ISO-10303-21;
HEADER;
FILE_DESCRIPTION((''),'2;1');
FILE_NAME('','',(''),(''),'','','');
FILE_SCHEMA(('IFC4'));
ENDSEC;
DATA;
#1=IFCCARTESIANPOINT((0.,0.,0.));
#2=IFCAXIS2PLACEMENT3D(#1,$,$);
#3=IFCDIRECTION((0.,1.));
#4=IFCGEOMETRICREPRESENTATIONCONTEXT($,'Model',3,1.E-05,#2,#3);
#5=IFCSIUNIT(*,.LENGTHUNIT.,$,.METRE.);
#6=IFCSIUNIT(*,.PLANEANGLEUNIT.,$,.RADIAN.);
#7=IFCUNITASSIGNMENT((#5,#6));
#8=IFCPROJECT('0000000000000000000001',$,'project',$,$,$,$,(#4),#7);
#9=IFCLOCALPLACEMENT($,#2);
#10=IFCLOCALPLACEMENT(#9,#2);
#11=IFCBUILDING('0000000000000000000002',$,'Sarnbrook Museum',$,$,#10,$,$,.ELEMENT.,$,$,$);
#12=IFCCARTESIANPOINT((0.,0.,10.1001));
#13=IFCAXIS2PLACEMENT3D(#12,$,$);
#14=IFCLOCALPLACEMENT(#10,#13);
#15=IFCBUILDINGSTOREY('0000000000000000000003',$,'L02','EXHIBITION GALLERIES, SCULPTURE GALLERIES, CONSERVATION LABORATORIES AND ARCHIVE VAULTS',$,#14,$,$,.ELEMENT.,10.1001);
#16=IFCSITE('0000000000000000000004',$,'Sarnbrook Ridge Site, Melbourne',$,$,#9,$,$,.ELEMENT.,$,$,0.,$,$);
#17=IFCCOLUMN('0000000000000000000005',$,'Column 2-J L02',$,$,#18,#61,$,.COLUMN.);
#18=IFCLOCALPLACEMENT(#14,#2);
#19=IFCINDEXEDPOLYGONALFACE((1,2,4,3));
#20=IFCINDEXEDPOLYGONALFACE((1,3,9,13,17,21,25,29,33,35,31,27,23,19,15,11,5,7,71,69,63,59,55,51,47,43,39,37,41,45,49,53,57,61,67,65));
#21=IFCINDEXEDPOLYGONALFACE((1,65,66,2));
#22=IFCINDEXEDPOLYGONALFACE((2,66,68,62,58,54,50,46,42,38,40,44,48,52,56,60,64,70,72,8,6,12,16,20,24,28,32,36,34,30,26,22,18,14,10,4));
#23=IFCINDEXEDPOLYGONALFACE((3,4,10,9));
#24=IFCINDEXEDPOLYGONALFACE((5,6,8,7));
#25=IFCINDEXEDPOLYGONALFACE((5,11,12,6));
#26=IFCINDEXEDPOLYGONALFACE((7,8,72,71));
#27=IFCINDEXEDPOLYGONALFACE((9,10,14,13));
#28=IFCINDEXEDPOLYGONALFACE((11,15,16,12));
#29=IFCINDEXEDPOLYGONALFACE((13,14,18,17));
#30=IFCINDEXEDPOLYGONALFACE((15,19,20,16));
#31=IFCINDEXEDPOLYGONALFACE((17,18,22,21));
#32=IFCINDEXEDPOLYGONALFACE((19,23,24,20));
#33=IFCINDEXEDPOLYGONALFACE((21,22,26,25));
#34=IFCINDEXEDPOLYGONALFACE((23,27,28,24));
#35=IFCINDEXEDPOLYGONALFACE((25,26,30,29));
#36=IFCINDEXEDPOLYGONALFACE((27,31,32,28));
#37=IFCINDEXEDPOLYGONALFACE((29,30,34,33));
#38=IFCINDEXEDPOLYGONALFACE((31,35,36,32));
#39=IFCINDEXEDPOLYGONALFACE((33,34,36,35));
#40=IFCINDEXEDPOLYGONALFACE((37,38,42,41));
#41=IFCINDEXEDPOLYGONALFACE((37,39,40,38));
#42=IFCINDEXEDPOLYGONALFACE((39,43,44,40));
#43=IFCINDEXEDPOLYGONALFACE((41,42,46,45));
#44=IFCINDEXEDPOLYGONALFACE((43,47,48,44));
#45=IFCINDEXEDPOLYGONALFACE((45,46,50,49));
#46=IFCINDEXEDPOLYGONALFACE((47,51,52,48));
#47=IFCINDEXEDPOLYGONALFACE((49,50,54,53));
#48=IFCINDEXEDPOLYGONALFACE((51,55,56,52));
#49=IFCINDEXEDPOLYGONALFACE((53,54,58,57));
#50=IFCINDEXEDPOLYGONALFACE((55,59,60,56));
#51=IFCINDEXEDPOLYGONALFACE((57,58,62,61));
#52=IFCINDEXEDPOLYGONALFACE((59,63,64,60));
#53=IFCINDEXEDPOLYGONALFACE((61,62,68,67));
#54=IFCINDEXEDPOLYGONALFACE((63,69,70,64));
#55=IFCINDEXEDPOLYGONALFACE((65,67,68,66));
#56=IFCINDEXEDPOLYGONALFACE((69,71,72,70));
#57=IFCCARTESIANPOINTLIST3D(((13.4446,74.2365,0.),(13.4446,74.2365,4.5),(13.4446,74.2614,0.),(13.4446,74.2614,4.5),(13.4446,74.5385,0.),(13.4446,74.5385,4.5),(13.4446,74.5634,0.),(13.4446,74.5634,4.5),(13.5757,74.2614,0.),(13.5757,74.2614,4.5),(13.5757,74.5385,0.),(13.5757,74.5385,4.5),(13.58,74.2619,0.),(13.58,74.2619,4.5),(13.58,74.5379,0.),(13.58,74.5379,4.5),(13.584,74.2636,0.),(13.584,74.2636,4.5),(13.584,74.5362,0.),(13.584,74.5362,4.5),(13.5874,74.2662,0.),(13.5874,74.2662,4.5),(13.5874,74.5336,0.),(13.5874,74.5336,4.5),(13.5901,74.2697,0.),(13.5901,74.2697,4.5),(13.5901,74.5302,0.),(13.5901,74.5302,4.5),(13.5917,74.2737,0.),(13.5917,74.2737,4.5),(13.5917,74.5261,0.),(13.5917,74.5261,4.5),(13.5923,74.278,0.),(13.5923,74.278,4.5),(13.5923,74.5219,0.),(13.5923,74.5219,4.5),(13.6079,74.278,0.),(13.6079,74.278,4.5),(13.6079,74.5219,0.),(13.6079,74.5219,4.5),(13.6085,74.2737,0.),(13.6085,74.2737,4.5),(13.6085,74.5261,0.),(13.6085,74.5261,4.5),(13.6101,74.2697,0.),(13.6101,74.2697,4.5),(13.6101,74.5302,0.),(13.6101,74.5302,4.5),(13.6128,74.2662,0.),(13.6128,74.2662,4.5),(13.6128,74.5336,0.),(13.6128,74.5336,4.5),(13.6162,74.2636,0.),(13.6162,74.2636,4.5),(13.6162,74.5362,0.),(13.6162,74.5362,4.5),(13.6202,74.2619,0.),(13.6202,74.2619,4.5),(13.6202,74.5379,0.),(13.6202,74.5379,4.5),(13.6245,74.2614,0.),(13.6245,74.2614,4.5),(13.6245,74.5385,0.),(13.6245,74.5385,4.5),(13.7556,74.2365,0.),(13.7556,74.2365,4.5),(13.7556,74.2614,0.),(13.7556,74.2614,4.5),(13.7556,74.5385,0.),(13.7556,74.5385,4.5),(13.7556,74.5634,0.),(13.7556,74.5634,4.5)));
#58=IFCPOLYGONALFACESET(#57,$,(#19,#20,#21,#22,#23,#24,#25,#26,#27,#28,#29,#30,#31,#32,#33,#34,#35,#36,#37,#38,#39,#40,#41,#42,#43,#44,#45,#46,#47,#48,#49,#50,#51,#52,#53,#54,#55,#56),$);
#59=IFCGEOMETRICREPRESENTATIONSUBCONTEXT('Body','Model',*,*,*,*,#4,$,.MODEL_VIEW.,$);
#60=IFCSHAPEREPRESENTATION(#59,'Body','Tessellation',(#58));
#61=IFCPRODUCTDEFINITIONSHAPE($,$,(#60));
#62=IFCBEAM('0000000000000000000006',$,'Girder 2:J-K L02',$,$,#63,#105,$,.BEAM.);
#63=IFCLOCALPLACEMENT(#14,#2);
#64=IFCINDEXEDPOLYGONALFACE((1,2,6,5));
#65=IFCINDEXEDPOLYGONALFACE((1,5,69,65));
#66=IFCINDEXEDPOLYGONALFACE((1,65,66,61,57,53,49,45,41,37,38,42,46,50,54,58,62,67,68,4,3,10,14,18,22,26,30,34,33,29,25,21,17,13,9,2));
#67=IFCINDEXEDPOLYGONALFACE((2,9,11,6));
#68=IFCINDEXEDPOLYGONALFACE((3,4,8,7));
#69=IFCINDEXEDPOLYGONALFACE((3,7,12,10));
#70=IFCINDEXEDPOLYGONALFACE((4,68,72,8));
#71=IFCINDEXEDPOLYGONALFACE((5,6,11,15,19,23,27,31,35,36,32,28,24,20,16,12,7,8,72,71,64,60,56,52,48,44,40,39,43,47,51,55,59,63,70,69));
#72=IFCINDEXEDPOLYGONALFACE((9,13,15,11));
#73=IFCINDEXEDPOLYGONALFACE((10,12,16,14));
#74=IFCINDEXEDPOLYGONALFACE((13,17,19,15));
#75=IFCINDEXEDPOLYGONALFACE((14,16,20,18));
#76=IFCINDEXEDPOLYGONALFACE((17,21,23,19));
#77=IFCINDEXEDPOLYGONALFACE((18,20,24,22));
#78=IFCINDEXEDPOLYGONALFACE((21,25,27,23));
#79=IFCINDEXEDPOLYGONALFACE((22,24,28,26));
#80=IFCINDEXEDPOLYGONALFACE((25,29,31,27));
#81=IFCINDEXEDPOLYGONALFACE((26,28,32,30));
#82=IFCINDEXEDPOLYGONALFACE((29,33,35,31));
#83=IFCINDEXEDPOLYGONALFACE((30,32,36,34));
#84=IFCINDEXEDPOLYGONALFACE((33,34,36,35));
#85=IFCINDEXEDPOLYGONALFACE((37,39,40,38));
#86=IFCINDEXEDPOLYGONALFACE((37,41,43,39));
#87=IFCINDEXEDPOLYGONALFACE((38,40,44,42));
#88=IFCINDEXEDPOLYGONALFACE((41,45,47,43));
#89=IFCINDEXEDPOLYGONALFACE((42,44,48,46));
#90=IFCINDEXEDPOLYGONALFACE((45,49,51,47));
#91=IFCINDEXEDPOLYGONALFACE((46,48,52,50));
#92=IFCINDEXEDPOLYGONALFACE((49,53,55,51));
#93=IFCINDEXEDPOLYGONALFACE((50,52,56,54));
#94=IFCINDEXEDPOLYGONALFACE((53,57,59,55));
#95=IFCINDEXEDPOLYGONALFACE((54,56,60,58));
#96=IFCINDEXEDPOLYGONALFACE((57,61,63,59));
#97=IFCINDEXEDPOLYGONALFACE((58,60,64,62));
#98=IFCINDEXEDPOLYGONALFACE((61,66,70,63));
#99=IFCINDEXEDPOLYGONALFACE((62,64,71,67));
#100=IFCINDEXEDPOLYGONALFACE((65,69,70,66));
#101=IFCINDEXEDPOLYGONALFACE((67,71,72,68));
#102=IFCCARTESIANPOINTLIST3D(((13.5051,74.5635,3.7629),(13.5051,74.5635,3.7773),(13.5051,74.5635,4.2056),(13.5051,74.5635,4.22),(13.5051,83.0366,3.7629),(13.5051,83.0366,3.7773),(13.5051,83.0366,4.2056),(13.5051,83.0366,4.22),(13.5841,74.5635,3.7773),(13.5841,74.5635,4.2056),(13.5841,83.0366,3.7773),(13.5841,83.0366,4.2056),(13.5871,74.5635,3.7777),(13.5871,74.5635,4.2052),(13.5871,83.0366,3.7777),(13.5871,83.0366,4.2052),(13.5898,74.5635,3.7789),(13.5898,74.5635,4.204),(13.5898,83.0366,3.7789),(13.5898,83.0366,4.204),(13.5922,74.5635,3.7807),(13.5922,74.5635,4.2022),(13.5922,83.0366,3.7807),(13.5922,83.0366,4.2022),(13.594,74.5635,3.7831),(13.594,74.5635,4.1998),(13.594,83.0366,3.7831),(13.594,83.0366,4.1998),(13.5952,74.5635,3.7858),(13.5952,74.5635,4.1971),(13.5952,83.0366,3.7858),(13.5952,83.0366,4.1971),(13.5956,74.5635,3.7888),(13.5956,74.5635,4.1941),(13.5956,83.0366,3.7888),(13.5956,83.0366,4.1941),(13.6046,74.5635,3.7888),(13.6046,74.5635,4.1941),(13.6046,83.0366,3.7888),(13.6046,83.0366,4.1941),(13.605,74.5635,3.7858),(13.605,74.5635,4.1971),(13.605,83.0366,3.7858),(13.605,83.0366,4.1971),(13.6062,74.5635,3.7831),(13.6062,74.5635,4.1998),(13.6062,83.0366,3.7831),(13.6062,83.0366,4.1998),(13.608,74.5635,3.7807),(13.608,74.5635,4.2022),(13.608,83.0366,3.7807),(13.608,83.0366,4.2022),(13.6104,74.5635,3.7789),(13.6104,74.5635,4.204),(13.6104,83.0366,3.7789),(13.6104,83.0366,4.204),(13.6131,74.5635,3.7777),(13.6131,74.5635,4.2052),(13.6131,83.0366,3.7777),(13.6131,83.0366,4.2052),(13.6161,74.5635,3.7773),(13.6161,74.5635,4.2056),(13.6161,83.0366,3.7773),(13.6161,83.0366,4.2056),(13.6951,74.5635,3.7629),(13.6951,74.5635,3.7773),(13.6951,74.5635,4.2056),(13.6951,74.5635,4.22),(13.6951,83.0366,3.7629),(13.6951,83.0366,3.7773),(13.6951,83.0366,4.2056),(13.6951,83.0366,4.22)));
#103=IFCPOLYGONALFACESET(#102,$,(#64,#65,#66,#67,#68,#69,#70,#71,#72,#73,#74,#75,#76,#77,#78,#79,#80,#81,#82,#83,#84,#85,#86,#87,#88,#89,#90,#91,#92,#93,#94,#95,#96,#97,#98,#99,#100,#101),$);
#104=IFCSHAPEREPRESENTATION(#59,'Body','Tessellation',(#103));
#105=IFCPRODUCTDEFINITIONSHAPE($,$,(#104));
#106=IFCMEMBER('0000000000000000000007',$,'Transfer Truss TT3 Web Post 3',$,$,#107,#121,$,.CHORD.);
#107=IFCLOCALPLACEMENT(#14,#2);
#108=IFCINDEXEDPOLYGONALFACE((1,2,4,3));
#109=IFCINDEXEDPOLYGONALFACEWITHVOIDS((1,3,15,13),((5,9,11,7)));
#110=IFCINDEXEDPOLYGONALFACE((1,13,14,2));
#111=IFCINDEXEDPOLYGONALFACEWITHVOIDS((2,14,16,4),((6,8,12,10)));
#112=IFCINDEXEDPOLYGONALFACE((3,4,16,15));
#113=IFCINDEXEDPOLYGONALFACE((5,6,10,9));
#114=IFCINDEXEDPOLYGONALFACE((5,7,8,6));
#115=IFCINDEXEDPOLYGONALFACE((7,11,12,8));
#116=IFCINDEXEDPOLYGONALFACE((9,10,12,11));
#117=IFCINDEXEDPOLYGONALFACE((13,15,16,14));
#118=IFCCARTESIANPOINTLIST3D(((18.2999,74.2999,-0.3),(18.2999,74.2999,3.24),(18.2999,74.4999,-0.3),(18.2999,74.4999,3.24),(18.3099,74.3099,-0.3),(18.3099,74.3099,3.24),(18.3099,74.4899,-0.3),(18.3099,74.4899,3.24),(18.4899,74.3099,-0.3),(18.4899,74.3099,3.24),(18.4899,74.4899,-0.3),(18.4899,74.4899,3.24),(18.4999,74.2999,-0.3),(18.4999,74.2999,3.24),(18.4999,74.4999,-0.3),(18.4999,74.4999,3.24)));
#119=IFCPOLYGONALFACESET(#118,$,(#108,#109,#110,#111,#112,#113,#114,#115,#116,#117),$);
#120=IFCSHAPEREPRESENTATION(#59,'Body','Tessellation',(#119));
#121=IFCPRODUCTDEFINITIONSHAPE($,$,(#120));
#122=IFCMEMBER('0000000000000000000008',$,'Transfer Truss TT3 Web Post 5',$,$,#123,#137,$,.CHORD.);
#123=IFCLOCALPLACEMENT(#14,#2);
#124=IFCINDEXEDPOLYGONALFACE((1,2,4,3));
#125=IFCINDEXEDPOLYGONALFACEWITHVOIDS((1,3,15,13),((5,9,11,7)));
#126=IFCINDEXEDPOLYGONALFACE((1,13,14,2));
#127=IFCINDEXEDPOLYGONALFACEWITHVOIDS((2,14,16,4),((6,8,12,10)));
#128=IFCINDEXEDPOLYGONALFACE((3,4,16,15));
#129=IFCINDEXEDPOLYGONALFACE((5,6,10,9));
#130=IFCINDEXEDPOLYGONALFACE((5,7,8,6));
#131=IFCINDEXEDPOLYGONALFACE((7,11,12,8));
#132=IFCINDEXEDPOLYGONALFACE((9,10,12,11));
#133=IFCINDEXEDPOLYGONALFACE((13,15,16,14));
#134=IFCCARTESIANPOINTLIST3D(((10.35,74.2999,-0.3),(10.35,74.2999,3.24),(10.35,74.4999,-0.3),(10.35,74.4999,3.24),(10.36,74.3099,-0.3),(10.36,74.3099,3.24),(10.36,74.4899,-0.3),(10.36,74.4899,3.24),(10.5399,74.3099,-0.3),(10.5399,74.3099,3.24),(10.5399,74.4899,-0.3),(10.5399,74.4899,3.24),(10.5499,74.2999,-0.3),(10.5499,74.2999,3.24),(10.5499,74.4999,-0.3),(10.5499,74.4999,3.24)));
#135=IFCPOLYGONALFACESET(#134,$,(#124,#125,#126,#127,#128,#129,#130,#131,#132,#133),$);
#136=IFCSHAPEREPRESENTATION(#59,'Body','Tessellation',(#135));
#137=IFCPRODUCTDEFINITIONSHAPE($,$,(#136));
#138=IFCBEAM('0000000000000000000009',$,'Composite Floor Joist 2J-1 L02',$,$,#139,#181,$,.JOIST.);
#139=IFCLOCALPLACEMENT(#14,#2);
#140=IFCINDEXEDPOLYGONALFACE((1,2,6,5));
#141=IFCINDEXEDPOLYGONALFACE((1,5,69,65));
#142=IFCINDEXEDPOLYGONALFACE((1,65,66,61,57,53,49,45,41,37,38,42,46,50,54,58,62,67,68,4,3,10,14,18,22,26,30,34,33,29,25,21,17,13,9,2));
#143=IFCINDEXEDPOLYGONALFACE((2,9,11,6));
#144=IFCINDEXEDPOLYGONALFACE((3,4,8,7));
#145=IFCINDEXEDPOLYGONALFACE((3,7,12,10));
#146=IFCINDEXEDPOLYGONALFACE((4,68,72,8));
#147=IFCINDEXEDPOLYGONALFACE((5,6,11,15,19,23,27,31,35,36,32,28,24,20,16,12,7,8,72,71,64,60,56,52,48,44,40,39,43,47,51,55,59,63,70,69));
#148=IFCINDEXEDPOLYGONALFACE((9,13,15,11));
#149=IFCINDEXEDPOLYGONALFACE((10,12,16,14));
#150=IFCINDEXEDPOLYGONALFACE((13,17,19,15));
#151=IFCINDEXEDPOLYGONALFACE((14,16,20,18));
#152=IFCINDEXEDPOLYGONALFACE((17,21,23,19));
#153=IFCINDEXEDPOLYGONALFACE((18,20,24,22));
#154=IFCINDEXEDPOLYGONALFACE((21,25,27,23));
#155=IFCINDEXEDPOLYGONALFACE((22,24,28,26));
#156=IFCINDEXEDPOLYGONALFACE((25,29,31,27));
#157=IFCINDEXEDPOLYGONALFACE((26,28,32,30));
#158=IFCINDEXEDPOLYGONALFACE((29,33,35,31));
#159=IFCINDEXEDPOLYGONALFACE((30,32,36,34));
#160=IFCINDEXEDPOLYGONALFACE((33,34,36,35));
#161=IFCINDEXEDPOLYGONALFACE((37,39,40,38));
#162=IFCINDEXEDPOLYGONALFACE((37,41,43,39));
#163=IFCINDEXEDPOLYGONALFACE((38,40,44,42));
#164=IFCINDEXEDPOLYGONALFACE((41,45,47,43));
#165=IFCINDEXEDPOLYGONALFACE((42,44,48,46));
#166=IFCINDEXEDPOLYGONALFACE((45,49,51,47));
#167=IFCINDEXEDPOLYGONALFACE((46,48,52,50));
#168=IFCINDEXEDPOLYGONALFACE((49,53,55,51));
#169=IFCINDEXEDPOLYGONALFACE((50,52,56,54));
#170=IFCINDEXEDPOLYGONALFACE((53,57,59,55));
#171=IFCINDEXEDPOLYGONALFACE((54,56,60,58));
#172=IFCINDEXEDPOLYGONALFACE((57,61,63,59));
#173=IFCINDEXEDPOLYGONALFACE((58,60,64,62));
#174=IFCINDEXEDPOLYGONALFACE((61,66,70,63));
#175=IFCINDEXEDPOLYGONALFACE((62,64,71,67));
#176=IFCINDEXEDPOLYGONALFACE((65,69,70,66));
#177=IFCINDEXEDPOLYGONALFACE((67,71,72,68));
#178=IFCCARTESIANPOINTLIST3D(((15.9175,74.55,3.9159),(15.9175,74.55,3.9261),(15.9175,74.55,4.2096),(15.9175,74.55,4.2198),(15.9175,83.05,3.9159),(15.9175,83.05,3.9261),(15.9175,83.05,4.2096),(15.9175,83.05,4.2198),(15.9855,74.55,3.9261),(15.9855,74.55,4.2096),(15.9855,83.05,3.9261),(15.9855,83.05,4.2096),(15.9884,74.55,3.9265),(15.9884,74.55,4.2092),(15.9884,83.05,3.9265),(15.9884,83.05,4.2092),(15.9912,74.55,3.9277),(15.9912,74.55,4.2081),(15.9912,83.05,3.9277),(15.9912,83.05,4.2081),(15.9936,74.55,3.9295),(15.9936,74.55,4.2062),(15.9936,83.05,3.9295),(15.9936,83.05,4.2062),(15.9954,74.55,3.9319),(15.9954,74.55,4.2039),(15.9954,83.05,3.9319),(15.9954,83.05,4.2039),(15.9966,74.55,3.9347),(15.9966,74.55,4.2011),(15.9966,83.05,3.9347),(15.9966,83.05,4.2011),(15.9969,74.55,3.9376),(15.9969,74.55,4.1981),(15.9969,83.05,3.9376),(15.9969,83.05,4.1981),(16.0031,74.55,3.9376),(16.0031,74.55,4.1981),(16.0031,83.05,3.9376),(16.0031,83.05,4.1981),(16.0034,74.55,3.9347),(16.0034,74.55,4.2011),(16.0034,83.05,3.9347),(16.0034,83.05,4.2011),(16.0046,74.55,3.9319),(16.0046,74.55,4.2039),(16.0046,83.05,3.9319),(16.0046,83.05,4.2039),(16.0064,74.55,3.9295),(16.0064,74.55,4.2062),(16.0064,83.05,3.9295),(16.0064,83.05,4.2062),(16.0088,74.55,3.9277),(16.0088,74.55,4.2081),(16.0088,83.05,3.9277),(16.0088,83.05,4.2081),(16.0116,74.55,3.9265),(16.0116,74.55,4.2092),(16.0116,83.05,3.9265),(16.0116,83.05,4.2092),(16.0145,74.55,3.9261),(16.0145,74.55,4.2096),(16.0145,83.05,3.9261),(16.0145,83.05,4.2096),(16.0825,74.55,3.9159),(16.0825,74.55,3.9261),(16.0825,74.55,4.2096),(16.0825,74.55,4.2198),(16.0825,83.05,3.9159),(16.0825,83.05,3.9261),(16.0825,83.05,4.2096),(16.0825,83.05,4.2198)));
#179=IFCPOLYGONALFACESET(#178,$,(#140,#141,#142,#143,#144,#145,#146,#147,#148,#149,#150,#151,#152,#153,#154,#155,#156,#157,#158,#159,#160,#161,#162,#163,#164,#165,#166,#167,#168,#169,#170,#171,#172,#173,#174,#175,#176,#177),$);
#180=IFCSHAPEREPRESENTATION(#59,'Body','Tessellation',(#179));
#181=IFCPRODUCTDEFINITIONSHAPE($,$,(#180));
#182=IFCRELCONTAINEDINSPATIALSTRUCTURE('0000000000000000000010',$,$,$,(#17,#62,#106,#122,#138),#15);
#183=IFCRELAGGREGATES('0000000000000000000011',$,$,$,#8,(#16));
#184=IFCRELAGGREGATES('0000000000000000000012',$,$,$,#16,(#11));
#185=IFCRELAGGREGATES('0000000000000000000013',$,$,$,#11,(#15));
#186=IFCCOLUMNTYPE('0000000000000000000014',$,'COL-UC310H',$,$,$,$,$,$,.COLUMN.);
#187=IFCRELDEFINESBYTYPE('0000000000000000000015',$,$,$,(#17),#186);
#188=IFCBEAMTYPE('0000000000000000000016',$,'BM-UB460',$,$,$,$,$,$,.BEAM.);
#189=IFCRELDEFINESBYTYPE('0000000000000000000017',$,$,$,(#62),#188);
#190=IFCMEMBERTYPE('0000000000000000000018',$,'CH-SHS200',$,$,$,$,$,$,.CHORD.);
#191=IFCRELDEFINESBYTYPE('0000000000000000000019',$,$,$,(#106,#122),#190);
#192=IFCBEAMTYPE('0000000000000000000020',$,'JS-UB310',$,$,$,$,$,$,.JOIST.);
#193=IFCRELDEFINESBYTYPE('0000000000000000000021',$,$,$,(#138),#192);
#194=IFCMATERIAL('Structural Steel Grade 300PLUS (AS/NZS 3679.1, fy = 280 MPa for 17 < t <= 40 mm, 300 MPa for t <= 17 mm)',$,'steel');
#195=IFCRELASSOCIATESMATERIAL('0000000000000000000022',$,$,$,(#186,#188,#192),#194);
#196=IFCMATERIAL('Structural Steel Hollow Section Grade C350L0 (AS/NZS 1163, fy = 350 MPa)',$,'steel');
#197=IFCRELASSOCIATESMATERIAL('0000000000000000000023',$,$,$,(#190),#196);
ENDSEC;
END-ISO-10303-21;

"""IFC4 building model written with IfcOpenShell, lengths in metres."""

from ifc_helpers import new_model, si_unit, direction, frame, origin, origin_2d, place, context, subcontext, project, spatial, hollow_rectangle, i_section, extrude, material, material_profile, profile_set, type_object, element, save


model = new_model("IFC4")

# Units and contexts
model_context = context("Model", 3, precision=1e-05, world=origin(), true_north=direction((0.0, 1.0)))
body_context = subcontext(model_context, "Body", "Model", "MODEL_VIEW")
ifc_project = project(units=[si_unit("LENGTHUNIT", "METRE"), si_unit("PLANEANGLEUNIT", "RADIAN")], contexts=[model_context])

# Site, building, storey
site_placement = place(None, origin())
site = spatial("IfcSite", under=ifc_project, at=site_placement, Name="Sarnbrook Ridge Site, Melbourne", CompositionType="ELEMENT", RefElevation=0.0)
building_placement = place(site_placement, origin())
building = spatial("IfcBuilding", under=site, at=building_placement, Name="Sarnbrook Museum", CompositionType="ELEMENT")
storey_placement = place(building_placement, frame((0.0, 0.0, 10.1001)))
storey = spatial("IfcBuildingStorey", under=building, at=storey_placement, Name="L02", Description="EXHIBITION GALLERIES, SCULPTURE GALLERIES, CONSERVATION LABORATORIES AND ARCHIVE VAULTS", CompositionType="ELEMENT", Elevation=10.1001)

# Column
ifc_material_1 = material(Name="Structural Steel Grade 300PLUS (AS/NZS 3679.1, fy = 280 MPa for 17 < t <= 40 mm, 300 MPa for t <= 17 mm)", Category="steel")
ifc_material_profile_1 = material_profile(ifc_material_1, i_section(OverallWidth=0.311, OverallDepth=0.3269, WebThickness=0.0156, FlangeThickness=0.0249, FilletRadius=0.0166, at=origin_2d()), Name="310UC158")
ifc_profile_set_1 = profile_set([ifc_material_profile_1], Name="Structural Steel Grade 300PLUS (AS/NZS 3679.1, fy = 280 MPa for 17 < t <= 40 mm, 300 MPa for t <= 17 mm)")
column_type = type_object("IfcColumnType", Name="COL-UC310H", PredefinedType="COLUMN", material=ifc_profile_set_1)
column_placement = place(storey_placement, frame((13.6001, 74.3999, 0.0), z_axis=(0.0, 0.0, 1.0), x_axis=(1.0, 0.0, 0.0)))
element("IfcColumn", 1, at=column_placement, inside=storey, type_object=column_type, Name="Column 2-J L02", PredefinedType="COLUMN", context=body_context, shape_type="SweptSolid", body=[
    extrude(i_section(OverallWidth=0.311, OverallDepth=0.3269, WebThickness=0.0156, FlangeThickness=0.0249, FilletRadius=0.0166, at=origin_2d()), origin(), (0.0, 0.0, 1.0), 4.5),
])

# Beam
ifc_material_profile_2 = material_profile(ifc_material_1, i_section(OverallWidth=0.1899, OverallDepth=0.457, WebThickness=0.009, FlangeThickness=0.0144, FilletRadius=0.0115, at=origin_2d()), Name="460UB74.6")
ifc_profile_set_2 = profile_set([ifc_material_profile_2], Name="Structural Steel Grade 300PLUS (AS/NZS 3679.1, fy = 280 MPa for 17 < t <= 40 mm, 300 MPa for t <= 17 mm)")
beam_type_1 = type_object("IfcBeamType", Name="BM-UB460", PredefinedType="BEAM", material=ifc_profile_set_2)
beam_1_placement = place(storey_placement, frame((13.6001, 74.5635, 3.9915), z_axis=(0.0, 1.0, 0.0), x_axis=(-1.0, 0.0, 0.0)))
element("IfcBeam", 2, at=beam_1_placement, inside=storey, type_object=beam_type_1, Name="Girder 2:J-K L02", PredefinedType="BEAM", context=body_context, shape_type="SweptSolid", body=[
    extrude(i_section(OverallWidth=0.1899, OverallDepth=0.457, WebThickness=0.009, FlangeThickness=0.0144, FilletRadius=0.0115, at=origin_2d()), origin(), (0.0, 0.0, 1.0), 8.4731),
])

# Members
ifc_material_2 = material(Name="Structural Steel Hollow Section Grade C350L0 (AS/NZS 1163, fy = 350 MPa)", Category="steel")
ifc_material_profile_3 = material_profile(ifc_material_2, hollow_rectangle(XDim=0.2, YDim=0.2, WallThickness=0.01, at=origin_2d()), Name="200x200x10.0SHS")
ifc_profile_set_3 = profile_set([ifc_material_profile_3], Name="Structural Steel Hollow Section Grade C350L0 (AS/NZS 1163, fy = 350 MPa)")
member_type_1 = type_object("IfcMemberType", Name="CH-SHS200", PredefinedType="CHORD", material=ifc_profile_set_3)
for number, where, z_axis, x_axis, name in (
    (3, (18.3999, 74.3999, -0.3), (0.0, 0.0, 1.0), (1.0, 0.0, 0.0), "Transfer Truss TT3 Web Post 3"),
    (4, (10.45, 74.3999, -0.3), (0.0, 0.0, 1.0), (1.0, 0.0, 0.0), "Transfer Truss TT3 Web Post 5"),
):
    element("IfcMember", number, at=place(storey_placement, frame(where, z_axis=z_axis, x_axis=x_axis)), inside=storey, type_object=member_type_1, Name=name, PredefinedType="CHORD", context=body_context, shape_type="SweptSolid", body=[
        extrude(hollow_rectangle(XDim=0.2, YDim=0.2, WallThickness=0.01, at=origin_2d()), origin(), (0.0, 0.0, 1.0), 3.54),
    ])

# Beam
ifc_material_profile_4 = material_profile(ifc_material_1, i_section(OverallWidth=0.165, OverallDepth=0.304, WebThickness=0.0061, FlangeThickness=0.0103, FilletRadius=0.0115, at=origin_2d()), Name="310UB40.4")
ifc_profile_set_4 = profile_set([ifc_material_profile_4], Name="Structural Steel Grade 300PLUS (AS/NZS 3679.1, fy = 280 MPa for 17 < t <= 40 mm, 300 MPa for t <= 17 mm)")
beam_type_2 = type_object("IfcBeamType", Name="JS-UB310", PredefinedType="JOIST", material=ifc_profile_set_4)
beam_2_placement = place(storey_placement, frame((16.0, 74.55, 4.0679), z_axis=(0.0, 1.0, 0.0), x_axis=(-1.0, 0.0, 0.0)))
element("IfcBeam", 5, at=beam_2_placement, inside=storey, type_object=beam_type_2, Name="Composite Floor Joist 2J-1 L02", PredefinedType="JOIST", context=body_context, shape_type="SweptSolid", body=[
    extrude(i_section(OverallWidth=0.165, OverallDepth=0.304, WebThickness=0.0061, FlangeThickness=0.0103, FilletRadius=0.0115, at=origin_2d()), origin(), (0.0, 0.0, 1.0), 8.5),
])

save(model, "model.ifc")
